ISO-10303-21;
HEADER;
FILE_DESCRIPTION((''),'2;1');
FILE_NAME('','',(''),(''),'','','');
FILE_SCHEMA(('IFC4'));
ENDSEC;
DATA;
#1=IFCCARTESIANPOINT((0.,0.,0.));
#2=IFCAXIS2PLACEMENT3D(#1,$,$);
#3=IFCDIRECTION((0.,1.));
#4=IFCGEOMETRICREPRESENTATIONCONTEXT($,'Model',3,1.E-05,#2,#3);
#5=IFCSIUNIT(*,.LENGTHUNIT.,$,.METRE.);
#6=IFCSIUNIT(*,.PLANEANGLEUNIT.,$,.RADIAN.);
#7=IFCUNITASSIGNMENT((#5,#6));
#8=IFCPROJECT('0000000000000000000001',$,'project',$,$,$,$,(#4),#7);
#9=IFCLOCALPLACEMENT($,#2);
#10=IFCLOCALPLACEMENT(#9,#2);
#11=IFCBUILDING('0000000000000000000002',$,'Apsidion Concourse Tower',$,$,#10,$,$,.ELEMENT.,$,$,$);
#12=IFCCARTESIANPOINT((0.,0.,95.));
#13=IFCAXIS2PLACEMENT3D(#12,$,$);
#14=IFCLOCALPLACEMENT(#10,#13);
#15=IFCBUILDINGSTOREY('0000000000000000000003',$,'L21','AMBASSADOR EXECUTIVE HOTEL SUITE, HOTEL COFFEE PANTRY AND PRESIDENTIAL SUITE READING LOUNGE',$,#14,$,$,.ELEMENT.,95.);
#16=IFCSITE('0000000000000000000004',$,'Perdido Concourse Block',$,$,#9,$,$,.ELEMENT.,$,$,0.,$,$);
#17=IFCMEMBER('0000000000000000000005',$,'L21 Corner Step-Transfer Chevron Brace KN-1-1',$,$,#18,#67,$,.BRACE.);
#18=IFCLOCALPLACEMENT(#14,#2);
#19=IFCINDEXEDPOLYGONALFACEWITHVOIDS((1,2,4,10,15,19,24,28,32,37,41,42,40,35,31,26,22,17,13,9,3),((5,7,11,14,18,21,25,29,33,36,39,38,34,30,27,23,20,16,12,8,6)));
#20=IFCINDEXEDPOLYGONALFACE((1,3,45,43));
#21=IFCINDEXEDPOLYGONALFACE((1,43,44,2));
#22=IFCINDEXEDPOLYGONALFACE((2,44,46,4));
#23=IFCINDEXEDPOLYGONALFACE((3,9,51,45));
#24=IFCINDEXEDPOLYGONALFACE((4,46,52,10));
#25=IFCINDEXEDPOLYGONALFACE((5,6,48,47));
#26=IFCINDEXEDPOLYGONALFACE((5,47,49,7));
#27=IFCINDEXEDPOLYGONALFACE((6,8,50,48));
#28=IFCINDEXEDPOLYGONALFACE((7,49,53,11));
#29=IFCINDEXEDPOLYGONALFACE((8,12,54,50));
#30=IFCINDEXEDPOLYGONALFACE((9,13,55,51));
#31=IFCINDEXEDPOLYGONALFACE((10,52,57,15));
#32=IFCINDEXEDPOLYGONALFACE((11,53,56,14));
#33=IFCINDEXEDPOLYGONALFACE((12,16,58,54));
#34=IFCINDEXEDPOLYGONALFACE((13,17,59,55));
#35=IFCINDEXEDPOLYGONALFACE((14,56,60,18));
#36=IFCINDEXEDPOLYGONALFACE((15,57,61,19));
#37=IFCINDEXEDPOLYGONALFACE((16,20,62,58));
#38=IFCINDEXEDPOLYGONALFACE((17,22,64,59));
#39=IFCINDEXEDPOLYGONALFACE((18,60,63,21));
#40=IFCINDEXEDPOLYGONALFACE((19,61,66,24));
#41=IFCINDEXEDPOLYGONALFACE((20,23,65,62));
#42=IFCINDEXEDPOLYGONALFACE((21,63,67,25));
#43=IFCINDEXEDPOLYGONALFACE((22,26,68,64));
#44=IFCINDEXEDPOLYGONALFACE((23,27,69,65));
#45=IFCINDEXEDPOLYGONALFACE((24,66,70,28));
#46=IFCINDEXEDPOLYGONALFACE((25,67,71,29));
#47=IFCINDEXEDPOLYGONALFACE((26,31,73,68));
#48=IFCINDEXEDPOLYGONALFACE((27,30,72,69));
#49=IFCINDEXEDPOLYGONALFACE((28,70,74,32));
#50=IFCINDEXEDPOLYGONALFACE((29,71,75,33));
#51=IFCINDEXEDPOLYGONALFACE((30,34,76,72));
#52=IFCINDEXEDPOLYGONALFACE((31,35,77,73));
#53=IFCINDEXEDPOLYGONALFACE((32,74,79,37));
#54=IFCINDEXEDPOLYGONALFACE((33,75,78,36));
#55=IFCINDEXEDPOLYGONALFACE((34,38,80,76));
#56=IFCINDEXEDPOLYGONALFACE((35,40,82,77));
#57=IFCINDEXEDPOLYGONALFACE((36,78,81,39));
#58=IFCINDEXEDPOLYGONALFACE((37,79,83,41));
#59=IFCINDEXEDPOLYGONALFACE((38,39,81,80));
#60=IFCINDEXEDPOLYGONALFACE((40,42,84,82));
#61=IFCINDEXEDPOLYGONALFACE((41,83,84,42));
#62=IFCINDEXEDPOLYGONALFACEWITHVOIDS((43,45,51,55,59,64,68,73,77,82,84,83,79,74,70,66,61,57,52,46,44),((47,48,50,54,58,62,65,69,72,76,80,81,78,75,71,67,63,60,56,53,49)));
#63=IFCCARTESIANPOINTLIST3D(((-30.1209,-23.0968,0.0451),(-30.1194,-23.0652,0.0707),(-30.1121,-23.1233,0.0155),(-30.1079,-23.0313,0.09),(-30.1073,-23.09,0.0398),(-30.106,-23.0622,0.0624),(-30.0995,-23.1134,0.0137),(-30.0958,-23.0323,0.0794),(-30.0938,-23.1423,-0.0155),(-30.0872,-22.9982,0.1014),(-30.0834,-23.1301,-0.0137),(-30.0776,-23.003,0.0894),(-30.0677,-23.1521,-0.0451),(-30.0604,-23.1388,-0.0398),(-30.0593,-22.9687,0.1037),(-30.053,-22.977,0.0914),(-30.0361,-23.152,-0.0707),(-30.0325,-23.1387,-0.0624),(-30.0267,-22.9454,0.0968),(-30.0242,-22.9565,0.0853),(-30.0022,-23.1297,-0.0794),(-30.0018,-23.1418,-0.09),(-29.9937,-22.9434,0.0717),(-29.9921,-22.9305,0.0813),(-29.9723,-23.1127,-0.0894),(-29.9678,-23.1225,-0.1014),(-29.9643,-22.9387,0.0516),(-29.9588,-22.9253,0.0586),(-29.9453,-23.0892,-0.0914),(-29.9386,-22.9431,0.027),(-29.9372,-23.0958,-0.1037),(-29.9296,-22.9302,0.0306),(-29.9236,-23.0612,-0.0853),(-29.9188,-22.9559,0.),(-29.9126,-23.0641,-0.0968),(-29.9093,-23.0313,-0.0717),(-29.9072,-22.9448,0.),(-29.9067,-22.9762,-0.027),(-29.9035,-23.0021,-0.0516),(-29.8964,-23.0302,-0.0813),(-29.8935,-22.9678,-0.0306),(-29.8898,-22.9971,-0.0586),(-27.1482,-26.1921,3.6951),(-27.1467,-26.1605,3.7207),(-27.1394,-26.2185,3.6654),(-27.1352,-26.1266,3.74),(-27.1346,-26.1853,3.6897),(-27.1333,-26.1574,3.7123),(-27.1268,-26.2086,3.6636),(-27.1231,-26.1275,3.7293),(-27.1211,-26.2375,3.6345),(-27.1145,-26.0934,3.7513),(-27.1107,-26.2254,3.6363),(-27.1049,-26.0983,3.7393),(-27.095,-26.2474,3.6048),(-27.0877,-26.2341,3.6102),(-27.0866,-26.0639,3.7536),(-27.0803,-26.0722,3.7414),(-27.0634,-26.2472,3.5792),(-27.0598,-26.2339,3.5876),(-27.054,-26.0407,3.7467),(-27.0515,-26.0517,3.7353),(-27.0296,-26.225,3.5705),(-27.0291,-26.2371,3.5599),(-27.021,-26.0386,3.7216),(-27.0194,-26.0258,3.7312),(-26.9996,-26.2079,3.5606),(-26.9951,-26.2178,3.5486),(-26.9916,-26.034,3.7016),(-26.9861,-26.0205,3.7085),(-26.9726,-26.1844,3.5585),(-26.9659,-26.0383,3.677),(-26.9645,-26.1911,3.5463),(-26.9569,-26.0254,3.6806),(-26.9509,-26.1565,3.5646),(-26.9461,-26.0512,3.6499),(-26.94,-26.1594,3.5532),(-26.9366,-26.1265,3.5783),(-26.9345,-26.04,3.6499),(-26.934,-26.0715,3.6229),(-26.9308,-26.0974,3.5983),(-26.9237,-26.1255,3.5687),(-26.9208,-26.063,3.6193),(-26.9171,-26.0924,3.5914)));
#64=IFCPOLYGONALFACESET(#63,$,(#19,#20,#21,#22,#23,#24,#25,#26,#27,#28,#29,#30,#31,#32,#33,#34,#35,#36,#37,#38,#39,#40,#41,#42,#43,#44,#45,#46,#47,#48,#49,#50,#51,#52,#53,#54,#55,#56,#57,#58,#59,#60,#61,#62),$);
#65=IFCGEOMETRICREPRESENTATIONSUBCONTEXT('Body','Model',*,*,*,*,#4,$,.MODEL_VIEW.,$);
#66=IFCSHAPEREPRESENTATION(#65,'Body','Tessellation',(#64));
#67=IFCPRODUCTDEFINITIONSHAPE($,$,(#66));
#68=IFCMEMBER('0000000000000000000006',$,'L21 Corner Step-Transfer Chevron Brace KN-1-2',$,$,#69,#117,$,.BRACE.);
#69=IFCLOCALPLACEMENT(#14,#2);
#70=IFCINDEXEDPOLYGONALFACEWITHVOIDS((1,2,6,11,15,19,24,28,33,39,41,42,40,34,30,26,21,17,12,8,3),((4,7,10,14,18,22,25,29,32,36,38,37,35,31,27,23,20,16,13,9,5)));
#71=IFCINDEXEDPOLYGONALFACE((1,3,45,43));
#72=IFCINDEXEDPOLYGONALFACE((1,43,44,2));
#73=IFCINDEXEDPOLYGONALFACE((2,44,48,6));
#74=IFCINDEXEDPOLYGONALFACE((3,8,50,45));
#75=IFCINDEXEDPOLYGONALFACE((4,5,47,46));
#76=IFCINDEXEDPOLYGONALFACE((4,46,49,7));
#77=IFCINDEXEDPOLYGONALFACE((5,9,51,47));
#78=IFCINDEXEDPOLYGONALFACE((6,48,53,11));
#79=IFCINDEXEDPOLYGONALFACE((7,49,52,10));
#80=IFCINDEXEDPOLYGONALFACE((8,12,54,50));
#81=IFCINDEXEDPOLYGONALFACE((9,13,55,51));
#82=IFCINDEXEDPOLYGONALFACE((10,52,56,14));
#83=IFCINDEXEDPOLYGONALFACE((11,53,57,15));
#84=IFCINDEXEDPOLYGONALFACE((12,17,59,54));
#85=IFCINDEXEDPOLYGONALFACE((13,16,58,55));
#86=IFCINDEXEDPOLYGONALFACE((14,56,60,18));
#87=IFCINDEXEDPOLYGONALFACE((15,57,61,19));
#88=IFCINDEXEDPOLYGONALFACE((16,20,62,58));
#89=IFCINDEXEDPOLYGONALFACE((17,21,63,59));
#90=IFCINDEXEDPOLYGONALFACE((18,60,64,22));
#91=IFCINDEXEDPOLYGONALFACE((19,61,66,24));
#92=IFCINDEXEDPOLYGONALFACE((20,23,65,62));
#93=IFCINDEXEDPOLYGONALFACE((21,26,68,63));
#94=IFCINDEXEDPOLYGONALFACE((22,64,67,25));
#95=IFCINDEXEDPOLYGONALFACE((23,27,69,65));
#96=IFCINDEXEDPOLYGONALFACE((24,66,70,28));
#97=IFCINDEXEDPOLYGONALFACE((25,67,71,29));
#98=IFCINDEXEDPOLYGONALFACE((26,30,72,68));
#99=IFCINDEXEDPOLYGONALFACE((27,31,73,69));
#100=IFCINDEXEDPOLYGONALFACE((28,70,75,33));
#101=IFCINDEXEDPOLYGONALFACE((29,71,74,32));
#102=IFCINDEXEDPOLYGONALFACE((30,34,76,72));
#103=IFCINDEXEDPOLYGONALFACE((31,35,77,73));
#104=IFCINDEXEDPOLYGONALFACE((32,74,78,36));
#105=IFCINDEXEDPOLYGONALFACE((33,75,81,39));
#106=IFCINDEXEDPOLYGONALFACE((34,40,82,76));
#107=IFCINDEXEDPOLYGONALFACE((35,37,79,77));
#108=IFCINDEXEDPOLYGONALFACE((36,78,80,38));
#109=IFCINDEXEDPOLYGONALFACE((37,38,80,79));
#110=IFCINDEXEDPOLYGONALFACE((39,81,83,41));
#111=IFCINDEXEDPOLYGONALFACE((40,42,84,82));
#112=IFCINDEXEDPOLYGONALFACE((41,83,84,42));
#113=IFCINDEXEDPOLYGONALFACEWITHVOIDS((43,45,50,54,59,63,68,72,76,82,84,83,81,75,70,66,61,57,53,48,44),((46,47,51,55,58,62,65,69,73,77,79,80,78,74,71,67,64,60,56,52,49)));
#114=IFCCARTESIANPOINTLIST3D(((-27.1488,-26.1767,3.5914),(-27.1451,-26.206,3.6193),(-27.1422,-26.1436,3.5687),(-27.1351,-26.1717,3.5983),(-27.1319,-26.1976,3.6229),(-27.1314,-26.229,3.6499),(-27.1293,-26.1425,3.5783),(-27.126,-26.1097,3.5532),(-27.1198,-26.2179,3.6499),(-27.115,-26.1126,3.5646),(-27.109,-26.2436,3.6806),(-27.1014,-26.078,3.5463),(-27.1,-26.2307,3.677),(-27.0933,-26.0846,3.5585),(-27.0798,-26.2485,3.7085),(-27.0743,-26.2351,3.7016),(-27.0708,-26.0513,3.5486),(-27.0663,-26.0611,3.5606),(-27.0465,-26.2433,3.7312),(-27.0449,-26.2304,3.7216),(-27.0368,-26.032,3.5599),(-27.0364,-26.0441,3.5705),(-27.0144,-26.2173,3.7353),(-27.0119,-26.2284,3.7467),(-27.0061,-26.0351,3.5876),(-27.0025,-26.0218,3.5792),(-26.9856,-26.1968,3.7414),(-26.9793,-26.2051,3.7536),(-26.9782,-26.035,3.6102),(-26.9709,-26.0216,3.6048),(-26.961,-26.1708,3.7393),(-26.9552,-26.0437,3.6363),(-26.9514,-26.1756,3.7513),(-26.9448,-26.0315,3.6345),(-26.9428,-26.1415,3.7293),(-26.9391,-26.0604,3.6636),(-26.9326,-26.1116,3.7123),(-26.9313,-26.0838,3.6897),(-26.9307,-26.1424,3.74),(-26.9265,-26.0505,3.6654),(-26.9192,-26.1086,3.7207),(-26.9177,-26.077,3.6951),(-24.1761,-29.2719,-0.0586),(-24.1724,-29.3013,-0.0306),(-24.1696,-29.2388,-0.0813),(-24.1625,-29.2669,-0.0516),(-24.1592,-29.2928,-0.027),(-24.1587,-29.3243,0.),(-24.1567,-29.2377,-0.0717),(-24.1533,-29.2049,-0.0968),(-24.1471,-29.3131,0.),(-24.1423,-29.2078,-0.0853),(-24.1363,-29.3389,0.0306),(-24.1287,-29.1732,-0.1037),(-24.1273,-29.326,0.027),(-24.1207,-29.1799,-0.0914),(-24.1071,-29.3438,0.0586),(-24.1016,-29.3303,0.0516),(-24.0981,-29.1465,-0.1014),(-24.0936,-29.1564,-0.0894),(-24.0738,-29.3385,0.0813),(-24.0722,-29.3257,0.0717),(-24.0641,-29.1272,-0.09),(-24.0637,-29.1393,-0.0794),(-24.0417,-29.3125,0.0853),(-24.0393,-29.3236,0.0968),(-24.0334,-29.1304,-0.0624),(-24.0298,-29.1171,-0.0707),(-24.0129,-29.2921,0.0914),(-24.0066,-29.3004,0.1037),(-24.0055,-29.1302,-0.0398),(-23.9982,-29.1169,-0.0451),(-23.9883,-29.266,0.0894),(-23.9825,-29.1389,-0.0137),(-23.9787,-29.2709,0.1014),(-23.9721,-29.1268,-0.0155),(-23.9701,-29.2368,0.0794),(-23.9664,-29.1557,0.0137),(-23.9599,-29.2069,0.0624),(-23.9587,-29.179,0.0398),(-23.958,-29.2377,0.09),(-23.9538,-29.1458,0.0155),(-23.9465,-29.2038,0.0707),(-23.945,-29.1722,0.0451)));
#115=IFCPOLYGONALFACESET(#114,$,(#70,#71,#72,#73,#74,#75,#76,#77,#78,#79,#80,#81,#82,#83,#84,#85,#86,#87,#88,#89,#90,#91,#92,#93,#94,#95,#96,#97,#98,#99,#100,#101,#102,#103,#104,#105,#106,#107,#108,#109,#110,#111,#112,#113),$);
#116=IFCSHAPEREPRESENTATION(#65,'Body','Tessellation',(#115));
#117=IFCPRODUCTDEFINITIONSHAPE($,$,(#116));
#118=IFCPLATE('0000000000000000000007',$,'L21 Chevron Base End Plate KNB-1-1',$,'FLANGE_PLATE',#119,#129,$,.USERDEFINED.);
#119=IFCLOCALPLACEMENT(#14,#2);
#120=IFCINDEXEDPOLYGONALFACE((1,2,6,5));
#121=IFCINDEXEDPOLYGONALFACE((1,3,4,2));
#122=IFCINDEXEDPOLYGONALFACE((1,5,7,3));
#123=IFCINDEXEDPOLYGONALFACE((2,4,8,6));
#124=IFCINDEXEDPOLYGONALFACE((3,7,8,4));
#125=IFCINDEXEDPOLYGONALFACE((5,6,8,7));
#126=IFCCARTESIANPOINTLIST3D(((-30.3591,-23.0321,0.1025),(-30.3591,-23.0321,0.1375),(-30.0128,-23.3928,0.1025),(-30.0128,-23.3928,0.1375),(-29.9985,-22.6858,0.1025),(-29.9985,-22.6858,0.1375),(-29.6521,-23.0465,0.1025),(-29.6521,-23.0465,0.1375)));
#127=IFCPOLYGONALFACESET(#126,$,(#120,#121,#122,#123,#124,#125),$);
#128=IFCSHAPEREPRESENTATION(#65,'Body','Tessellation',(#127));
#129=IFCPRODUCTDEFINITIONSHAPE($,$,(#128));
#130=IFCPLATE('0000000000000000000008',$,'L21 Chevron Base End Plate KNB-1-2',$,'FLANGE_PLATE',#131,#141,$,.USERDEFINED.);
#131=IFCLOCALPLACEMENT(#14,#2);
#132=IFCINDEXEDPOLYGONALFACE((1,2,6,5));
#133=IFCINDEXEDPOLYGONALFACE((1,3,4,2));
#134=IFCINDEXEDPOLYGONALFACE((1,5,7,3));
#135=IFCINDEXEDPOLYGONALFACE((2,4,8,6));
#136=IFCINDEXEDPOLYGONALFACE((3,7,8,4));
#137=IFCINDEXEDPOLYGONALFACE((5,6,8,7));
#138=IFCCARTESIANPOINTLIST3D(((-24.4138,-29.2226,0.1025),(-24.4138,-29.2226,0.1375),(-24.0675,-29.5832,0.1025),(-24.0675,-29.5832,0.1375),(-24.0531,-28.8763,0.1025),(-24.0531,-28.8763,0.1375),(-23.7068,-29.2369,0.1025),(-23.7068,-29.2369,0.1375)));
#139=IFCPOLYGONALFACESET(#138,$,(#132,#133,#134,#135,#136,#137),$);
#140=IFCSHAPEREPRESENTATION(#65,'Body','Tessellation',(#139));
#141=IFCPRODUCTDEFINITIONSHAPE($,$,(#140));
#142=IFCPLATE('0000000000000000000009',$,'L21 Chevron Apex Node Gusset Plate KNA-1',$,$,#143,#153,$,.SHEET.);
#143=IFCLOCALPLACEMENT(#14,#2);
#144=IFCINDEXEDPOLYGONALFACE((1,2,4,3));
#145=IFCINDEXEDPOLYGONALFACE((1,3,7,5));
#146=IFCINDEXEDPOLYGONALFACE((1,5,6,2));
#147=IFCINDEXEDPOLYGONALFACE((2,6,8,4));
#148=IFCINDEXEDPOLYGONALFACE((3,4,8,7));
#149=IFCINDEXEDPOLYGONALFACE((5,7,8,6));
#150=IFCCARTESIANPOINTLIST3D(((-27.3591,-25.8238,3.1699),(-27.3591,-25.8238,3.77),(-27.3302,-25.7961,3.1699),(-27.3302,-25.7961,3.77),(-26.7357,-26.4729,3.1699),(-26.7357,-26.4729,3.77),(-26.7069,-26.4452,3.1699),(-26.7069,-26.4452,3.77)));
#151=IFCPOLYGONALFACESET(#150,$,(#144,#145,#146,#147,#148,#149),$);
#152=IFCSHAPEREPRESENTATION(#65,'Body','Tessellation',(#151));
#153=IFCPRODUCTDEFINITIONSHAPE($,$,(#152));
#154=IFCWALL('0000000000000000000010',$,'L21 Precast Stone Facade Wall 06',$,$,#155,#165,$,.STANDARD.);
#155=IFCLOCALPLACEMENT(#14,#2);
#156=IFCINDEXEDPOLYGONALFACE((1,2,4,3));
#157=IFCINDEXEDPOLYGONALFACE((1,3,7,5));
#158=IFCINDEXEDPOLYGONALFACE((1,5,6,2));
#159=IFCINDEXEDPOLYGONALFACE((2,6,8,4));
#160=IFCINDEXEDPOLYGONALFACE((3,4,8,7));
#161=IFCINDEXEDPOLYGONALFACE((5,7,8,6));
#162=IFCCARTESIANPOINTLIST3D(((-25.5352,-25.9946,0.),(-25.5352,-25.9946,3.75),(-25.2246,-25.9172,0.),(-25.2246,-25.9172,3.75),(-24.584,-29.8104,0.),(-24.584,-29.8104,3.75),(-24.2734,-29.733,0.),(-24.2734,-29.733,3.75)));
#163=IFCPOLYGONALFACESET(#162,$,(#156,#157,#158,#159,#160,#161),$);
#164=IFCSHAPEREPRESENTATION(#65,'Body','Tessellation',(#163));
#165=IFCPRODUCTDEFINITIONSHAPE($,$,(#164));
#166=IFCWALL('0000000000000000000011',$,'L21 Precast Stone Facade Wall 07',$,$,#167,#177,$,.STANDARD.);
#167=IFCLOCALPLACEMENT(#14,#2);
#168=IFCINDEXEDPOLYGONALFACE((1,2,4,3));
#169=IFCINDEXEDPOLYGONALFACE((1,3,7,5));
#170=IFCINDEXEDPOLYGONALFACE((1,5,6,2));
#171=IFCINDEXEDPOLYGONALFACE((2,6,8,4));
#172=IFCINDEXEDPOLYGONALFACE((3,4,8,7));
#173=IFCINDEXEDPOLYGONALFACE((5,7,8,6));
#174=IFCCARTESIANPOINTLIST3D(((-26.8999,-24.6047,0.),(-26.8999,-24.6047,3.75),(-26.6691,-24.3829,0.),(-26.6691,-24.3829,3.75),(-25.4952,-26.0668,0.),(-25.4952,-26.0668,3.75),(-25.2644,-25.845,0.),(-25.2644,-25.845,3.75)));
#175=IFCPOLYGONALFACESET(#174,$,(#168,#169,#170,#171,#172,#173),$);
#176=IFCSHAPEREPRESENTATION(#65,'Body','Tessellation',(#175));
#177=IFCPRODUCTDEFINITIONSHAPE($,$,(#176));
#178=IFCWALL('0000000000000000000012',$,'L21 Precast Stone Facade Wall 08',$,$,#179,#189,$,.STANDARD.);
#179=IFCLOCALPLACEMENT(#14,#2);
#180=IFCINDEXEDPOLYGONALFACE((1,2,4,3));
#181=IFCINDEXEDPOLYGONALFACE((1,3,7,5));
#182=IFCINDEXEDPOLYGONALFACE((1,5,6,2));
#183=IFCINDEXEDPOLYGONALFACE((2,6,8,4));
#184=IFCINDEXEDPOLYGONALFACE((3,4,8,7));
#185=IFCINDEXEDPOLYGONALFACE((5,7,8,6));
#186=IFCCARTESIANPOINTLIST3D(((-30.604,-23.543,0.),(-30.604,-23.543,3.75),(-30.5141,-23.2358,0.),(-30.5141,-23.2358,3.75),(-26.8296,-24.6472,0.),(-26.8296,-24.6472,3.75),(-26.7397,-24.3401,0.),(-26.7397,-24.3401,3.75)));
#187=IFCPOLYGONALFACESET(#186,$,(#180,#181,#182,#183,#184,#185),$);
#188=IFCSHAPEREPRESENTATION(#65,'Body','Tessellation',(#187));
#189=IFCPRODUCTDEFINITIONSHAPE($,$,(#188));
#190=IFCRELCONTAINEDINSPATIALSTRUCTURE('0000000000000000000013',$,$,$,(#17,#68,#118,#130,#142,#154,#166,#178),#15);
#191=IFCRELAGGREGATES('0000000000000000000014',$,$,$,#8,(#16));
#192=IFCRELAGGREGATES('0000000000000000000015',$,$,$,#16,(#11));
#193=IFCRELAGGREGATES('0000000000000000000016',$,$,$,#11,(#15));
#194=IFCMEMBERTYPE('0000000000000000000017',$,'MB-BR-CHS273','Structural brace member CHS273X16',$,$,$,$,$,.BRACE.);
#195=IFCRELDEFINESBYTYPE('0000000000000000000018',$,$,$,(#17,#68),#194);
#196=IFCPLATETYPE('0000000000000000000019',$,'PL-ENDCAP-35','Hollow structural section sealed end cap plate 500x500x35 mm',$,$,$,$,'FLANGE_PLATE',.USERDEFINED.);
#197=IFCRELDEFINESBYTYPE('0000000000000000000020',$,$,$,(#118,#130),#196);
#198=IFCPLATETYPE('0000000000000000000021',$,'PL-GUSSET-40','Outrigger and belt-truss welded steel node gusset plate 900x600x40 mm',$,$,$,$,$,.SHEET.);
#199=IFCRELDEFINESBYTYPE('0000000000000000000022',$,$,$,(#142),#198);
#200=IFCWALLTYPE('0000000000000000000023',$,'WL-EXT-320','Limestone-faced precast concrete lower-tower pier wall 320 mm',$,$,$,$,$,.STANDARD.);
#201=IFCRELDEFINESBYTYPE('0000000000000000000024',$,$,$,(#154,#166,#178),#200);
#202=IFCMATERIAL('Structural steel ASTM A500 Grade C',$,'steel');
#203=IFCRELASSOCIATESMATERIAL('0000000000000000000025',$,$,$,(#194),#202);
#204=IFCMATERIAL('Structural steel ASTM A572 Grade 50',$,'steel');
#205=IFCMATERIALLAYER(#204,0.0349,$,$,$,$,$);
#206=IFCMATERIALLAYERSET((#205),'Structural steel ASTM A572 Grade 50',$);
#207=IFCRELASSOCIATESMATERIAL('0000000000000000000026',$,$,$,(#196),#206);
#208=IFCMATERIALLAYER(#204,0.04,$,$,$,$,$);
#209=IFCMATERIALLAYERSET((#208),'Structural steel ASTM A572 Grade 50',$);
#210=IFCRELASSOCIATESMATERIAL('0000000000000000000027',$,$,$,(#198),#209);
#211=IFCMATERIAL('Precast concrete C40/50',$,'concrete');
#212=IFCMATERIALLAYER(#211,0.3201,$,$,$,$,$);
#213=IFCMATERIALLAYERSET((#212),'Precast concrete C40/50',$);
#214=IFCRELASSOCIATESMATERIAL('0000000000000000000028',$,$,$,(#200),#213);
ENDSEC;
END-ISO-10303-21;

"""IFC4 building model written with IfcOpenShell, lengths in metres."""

from ifc_helpers import new_model, si_unit, direction, frame, frame_2d, origin, origin_2d, place, context, subcontext, project, spatial, rectangle, hollow_circle, extrude, material, layer, layer_set, material_profile, profile_set, type_object, element, save


model = new_model("IFC4")

# Units and contexts
model_context = context("Model", 3, precision=1e-05, world=origin(), true_north=direction((0.0, 1.0)))
body_context = subcontext(model_context, "Body", "Model", "MODEL_VIEW")
ifc_project = project(units=[si_unit("LENGTHUNIT", "METRE"), si_unit("PLANEANGLEUNIT", "RADIAN")], contexts=[model_context])

# Site, building, storey
site_placement = place(None, origin())
site = spatial("IfcSite", under=ifc_project, at=site_placement, Name="Perdido Concourse Block", CompositionType="ELEMENT", RefElevation=0.0)
building_placement = place(site_placement, origin())
building = spatial("IfcBuilding", under=site, at=building_placement, Name="Apsidion Concourse Tower", CompositionType="ELEMENT")
storey_placement = place(building_placement, frame((0.0, 0.0, 95.0)))
storey = spatial("IfcBuildingStorey", under=building, at=storey_placement, Name="L21", Description="AMBASSADOR EXECUTIVE HOTEL SUITE, HOTEL COFFEE PANTRY AND PRESIDENTIAL SUITE READING LOUNGE", CompositionType="ELEMENT", Elevation=95.0)

# Shared definitions
ifc_material_1 = material(Name="Structural steel ASTM A572 Grade 50", Category="steel")

# Members
ifc_material_2 = material(Name="Structural steel ASTM A500 Grade C", Category="steel")
ifc_material_profile_1 = material_profile(ifc_material_2, hollow_circle(Radius=0.1365, WallThickness=0.0161, at=origin_2d()), Name="CHS273X16")
ifc_profile_set_1 = profile_set([ifc_material_profile_1], Name="Structural steel ASTM A500 Grade C")
member_type = type_object("IfcMemberType", Name="MB-BR-CHS273", Description="Structural brace member CHS273X16", PredefinedType="BRACE", material=ifc_profile_set_1)
for number, where, z_axis, x_axis, name in (
    (1, (-30.0056, -23.0393, 0.0), (0.527654, -0.549408, 0.647867), (0.721242, 0.692683, 0.0), "L21 Corner Step-Transfer Chevron Brace KN-1-1"),
    (2, (-24.0603, -29.2297, 0.0), (-0.527654, 0.549408, 0.647867), (-0.721242, -0.692683, 0.0), "L21 Corner Step-Transfer Chevron Brace KN-1-2"),
):
    element("IfcMember", number, at=place(storey_placement, frame(where, z_axis=z_axis, x_axis=x_axis)), inside=storey, type_object=member_type, Name=name, PredefinedType="BRACE", context=body_context, shape_type="SweptSolid", body=[
        extrude(hollow_circle(Radius=0.1365, WallThickness=0.0161, at=origin_2d()), origin(), (0.0, 0.0, 1.0), 5.6338),
    ])

# Plates
ifc_layer_1 = layer(ifc_material_1, 0.0349)
ifc_layer_set_1 = layer_set([ifc_layer_1], Name="Structural steel ASTM A572 Grade 50")
plate_type_1 = type_object("IfcPlateType", Name="PL-ENDCAP-35", Description="Hollow structural section sealed end cap plate 500x500x35 mm", ElementType="FLANGE_PLATE", PredefinedType="USERDEFINED", material=ifc_layer_set_1)
for number, where, z_axis, x_axis, name in (
    (3, (-30.0056, -23.0393, 0.1025), (0.0, 0.0, 1.0), (-0.692647, 0.721277, 0.0), "L21 Chevron Base End Plate KNB-1-1"),
    (4, (-24.0603, -29.2297, 0.1025), (0.0, 0.0, 1.0), (-0.692647, 0.721277, 0.0), "L21 Chevron Base End Plate KNB-1-2"),
):
    element("IfcPlate", number, at=place(storey_placement, frame(where, z_axis=z_axis, x_axis=x_axis)), inside=storey, type_object=plate_type_1, Name=name, ObjectType="FLANGE_PLATE", PredefinedType="USERDEFINED", context=body_context, shape_type="SweptSolid", body=[
        extrude(rectangle(XDim=0.5, YDim=0.5, at=origin_2d()), origin(), (0.0, 0.0, 1.0), 0.0349),
    ])
ifc_layer_2 = layer(ifc_material_1, 0.04)
ifc_layer_set_2 = layer_set([ifc_layer_2], Name="Structural steel ASTM A572 Grade 50")
plate_type_2 = type_object("IfcPlateType", Name="PL-GUSSET-40", Description="Outrigger and belt-truss welded steel node gusset plate 900x600x40 mm", PredefinedType="SHEET", material=ifc_layer_set_2)
plate_placement = place(storey_placement, frame((-27.033, -26.1345, 3.1699), z_axis=(0.0, 0.0, 1.0), x_axis=(-0.692647, 0.721277, 0.0)))
element("IfcPlate", 5, at=plate_placement, inside=storey, type_object=plate_type_2, Name="L21 Chevron Apex Node Gusset Plate KNA-1", PredefinedType="SHEET", context=body_context, shape_type="SweptSolid", body=[
    extrude(rectangle(XDim=0.8999, YDim=0.04, at=origin_2d()), origin(), (0.0, 0.0, 1.0), 0.6001),
])

# Walls
ifc_material_3 = material(Name="Precast concrete C40/50", Category="concrete")
ifc_layer_3 = layer(ifc_material_3, 0.3201)
ifc_layer_set_3 = layer_set([ifc_layer_3], Name="Precast concrete C40/50")
wall_type_1 = type_object("IfcWallType", Name="WL-EXT-320", Description="Limestone-faced precast concrete lower-tower pier wall 320 mm", PredefinedType="STANDARD", material=ifc_layer_set_3)
wall_1_placement = place(storey_placement, frame((-24.4287, -29.7717, 0.0), z_axis=(0.0, 0.0, 1.0), x_axis=(-0.241864, 0.97031, 0.0)))
element("IfcWall", 6, at=wall_1_placement, inside=storey, type_object=wall_type_1, Name="L21 Precast Stone Facade Wall 06", PredefinedType="STANDARD", context=body_context, shape_type="SweptSolid", body=[
    extrude(rectangle(XDim=3.9326, YDim=0.3201, at=frame_2d((1.9663, 0.0))), origin(), (0.0, 0.0, 1.0), 3.75),
])
wall_2_placement = place(storey_placement, frame((-25.3799, -25.9558, 0.0), z_axis=(0.0, 0.0, 1.0), x_axis=(-0.692818, 0.721113, 0.0)))
element("IfcWall", 7, at=wall_2_placement, inside=storey, type_object=wall_type_1, Name="L21 Precast Stone Facade Wall 07", PredefinedType="STANDARD", context=body_context, shape_type="SweptSolid", body=[
    extrude(rectangle(XDim=2.0276, YDim=0.3201, at=frame_2d((1.0137, 0.0))), origin(), (0.0, 0.0, 1.0), 3.75),
])
wall_3_placement = place(storey_placement, frame((-26.7847, -24.4937, 0.0), z_axis=(0.0, 0.0, 1.0), x_axis=(-0.959769, 0.280791, 0.0)))
element("IfcWall", 8, at=wall_3_placement, inside=storey, type_object=wall_type_1, Name="L21 Precast Stone Facade Wall 08", PredefinedType="STANDARD", context=body_context, shape_type="SweptSolid", body=[
    extrude(rectangle(XDim=3.9326, YDim=0.3201, at=frame_2d((1.9663, 0.0))), origin(), (0.0, 0.0, 1.0), 3.75),
])

save(model, "model.ifc")
